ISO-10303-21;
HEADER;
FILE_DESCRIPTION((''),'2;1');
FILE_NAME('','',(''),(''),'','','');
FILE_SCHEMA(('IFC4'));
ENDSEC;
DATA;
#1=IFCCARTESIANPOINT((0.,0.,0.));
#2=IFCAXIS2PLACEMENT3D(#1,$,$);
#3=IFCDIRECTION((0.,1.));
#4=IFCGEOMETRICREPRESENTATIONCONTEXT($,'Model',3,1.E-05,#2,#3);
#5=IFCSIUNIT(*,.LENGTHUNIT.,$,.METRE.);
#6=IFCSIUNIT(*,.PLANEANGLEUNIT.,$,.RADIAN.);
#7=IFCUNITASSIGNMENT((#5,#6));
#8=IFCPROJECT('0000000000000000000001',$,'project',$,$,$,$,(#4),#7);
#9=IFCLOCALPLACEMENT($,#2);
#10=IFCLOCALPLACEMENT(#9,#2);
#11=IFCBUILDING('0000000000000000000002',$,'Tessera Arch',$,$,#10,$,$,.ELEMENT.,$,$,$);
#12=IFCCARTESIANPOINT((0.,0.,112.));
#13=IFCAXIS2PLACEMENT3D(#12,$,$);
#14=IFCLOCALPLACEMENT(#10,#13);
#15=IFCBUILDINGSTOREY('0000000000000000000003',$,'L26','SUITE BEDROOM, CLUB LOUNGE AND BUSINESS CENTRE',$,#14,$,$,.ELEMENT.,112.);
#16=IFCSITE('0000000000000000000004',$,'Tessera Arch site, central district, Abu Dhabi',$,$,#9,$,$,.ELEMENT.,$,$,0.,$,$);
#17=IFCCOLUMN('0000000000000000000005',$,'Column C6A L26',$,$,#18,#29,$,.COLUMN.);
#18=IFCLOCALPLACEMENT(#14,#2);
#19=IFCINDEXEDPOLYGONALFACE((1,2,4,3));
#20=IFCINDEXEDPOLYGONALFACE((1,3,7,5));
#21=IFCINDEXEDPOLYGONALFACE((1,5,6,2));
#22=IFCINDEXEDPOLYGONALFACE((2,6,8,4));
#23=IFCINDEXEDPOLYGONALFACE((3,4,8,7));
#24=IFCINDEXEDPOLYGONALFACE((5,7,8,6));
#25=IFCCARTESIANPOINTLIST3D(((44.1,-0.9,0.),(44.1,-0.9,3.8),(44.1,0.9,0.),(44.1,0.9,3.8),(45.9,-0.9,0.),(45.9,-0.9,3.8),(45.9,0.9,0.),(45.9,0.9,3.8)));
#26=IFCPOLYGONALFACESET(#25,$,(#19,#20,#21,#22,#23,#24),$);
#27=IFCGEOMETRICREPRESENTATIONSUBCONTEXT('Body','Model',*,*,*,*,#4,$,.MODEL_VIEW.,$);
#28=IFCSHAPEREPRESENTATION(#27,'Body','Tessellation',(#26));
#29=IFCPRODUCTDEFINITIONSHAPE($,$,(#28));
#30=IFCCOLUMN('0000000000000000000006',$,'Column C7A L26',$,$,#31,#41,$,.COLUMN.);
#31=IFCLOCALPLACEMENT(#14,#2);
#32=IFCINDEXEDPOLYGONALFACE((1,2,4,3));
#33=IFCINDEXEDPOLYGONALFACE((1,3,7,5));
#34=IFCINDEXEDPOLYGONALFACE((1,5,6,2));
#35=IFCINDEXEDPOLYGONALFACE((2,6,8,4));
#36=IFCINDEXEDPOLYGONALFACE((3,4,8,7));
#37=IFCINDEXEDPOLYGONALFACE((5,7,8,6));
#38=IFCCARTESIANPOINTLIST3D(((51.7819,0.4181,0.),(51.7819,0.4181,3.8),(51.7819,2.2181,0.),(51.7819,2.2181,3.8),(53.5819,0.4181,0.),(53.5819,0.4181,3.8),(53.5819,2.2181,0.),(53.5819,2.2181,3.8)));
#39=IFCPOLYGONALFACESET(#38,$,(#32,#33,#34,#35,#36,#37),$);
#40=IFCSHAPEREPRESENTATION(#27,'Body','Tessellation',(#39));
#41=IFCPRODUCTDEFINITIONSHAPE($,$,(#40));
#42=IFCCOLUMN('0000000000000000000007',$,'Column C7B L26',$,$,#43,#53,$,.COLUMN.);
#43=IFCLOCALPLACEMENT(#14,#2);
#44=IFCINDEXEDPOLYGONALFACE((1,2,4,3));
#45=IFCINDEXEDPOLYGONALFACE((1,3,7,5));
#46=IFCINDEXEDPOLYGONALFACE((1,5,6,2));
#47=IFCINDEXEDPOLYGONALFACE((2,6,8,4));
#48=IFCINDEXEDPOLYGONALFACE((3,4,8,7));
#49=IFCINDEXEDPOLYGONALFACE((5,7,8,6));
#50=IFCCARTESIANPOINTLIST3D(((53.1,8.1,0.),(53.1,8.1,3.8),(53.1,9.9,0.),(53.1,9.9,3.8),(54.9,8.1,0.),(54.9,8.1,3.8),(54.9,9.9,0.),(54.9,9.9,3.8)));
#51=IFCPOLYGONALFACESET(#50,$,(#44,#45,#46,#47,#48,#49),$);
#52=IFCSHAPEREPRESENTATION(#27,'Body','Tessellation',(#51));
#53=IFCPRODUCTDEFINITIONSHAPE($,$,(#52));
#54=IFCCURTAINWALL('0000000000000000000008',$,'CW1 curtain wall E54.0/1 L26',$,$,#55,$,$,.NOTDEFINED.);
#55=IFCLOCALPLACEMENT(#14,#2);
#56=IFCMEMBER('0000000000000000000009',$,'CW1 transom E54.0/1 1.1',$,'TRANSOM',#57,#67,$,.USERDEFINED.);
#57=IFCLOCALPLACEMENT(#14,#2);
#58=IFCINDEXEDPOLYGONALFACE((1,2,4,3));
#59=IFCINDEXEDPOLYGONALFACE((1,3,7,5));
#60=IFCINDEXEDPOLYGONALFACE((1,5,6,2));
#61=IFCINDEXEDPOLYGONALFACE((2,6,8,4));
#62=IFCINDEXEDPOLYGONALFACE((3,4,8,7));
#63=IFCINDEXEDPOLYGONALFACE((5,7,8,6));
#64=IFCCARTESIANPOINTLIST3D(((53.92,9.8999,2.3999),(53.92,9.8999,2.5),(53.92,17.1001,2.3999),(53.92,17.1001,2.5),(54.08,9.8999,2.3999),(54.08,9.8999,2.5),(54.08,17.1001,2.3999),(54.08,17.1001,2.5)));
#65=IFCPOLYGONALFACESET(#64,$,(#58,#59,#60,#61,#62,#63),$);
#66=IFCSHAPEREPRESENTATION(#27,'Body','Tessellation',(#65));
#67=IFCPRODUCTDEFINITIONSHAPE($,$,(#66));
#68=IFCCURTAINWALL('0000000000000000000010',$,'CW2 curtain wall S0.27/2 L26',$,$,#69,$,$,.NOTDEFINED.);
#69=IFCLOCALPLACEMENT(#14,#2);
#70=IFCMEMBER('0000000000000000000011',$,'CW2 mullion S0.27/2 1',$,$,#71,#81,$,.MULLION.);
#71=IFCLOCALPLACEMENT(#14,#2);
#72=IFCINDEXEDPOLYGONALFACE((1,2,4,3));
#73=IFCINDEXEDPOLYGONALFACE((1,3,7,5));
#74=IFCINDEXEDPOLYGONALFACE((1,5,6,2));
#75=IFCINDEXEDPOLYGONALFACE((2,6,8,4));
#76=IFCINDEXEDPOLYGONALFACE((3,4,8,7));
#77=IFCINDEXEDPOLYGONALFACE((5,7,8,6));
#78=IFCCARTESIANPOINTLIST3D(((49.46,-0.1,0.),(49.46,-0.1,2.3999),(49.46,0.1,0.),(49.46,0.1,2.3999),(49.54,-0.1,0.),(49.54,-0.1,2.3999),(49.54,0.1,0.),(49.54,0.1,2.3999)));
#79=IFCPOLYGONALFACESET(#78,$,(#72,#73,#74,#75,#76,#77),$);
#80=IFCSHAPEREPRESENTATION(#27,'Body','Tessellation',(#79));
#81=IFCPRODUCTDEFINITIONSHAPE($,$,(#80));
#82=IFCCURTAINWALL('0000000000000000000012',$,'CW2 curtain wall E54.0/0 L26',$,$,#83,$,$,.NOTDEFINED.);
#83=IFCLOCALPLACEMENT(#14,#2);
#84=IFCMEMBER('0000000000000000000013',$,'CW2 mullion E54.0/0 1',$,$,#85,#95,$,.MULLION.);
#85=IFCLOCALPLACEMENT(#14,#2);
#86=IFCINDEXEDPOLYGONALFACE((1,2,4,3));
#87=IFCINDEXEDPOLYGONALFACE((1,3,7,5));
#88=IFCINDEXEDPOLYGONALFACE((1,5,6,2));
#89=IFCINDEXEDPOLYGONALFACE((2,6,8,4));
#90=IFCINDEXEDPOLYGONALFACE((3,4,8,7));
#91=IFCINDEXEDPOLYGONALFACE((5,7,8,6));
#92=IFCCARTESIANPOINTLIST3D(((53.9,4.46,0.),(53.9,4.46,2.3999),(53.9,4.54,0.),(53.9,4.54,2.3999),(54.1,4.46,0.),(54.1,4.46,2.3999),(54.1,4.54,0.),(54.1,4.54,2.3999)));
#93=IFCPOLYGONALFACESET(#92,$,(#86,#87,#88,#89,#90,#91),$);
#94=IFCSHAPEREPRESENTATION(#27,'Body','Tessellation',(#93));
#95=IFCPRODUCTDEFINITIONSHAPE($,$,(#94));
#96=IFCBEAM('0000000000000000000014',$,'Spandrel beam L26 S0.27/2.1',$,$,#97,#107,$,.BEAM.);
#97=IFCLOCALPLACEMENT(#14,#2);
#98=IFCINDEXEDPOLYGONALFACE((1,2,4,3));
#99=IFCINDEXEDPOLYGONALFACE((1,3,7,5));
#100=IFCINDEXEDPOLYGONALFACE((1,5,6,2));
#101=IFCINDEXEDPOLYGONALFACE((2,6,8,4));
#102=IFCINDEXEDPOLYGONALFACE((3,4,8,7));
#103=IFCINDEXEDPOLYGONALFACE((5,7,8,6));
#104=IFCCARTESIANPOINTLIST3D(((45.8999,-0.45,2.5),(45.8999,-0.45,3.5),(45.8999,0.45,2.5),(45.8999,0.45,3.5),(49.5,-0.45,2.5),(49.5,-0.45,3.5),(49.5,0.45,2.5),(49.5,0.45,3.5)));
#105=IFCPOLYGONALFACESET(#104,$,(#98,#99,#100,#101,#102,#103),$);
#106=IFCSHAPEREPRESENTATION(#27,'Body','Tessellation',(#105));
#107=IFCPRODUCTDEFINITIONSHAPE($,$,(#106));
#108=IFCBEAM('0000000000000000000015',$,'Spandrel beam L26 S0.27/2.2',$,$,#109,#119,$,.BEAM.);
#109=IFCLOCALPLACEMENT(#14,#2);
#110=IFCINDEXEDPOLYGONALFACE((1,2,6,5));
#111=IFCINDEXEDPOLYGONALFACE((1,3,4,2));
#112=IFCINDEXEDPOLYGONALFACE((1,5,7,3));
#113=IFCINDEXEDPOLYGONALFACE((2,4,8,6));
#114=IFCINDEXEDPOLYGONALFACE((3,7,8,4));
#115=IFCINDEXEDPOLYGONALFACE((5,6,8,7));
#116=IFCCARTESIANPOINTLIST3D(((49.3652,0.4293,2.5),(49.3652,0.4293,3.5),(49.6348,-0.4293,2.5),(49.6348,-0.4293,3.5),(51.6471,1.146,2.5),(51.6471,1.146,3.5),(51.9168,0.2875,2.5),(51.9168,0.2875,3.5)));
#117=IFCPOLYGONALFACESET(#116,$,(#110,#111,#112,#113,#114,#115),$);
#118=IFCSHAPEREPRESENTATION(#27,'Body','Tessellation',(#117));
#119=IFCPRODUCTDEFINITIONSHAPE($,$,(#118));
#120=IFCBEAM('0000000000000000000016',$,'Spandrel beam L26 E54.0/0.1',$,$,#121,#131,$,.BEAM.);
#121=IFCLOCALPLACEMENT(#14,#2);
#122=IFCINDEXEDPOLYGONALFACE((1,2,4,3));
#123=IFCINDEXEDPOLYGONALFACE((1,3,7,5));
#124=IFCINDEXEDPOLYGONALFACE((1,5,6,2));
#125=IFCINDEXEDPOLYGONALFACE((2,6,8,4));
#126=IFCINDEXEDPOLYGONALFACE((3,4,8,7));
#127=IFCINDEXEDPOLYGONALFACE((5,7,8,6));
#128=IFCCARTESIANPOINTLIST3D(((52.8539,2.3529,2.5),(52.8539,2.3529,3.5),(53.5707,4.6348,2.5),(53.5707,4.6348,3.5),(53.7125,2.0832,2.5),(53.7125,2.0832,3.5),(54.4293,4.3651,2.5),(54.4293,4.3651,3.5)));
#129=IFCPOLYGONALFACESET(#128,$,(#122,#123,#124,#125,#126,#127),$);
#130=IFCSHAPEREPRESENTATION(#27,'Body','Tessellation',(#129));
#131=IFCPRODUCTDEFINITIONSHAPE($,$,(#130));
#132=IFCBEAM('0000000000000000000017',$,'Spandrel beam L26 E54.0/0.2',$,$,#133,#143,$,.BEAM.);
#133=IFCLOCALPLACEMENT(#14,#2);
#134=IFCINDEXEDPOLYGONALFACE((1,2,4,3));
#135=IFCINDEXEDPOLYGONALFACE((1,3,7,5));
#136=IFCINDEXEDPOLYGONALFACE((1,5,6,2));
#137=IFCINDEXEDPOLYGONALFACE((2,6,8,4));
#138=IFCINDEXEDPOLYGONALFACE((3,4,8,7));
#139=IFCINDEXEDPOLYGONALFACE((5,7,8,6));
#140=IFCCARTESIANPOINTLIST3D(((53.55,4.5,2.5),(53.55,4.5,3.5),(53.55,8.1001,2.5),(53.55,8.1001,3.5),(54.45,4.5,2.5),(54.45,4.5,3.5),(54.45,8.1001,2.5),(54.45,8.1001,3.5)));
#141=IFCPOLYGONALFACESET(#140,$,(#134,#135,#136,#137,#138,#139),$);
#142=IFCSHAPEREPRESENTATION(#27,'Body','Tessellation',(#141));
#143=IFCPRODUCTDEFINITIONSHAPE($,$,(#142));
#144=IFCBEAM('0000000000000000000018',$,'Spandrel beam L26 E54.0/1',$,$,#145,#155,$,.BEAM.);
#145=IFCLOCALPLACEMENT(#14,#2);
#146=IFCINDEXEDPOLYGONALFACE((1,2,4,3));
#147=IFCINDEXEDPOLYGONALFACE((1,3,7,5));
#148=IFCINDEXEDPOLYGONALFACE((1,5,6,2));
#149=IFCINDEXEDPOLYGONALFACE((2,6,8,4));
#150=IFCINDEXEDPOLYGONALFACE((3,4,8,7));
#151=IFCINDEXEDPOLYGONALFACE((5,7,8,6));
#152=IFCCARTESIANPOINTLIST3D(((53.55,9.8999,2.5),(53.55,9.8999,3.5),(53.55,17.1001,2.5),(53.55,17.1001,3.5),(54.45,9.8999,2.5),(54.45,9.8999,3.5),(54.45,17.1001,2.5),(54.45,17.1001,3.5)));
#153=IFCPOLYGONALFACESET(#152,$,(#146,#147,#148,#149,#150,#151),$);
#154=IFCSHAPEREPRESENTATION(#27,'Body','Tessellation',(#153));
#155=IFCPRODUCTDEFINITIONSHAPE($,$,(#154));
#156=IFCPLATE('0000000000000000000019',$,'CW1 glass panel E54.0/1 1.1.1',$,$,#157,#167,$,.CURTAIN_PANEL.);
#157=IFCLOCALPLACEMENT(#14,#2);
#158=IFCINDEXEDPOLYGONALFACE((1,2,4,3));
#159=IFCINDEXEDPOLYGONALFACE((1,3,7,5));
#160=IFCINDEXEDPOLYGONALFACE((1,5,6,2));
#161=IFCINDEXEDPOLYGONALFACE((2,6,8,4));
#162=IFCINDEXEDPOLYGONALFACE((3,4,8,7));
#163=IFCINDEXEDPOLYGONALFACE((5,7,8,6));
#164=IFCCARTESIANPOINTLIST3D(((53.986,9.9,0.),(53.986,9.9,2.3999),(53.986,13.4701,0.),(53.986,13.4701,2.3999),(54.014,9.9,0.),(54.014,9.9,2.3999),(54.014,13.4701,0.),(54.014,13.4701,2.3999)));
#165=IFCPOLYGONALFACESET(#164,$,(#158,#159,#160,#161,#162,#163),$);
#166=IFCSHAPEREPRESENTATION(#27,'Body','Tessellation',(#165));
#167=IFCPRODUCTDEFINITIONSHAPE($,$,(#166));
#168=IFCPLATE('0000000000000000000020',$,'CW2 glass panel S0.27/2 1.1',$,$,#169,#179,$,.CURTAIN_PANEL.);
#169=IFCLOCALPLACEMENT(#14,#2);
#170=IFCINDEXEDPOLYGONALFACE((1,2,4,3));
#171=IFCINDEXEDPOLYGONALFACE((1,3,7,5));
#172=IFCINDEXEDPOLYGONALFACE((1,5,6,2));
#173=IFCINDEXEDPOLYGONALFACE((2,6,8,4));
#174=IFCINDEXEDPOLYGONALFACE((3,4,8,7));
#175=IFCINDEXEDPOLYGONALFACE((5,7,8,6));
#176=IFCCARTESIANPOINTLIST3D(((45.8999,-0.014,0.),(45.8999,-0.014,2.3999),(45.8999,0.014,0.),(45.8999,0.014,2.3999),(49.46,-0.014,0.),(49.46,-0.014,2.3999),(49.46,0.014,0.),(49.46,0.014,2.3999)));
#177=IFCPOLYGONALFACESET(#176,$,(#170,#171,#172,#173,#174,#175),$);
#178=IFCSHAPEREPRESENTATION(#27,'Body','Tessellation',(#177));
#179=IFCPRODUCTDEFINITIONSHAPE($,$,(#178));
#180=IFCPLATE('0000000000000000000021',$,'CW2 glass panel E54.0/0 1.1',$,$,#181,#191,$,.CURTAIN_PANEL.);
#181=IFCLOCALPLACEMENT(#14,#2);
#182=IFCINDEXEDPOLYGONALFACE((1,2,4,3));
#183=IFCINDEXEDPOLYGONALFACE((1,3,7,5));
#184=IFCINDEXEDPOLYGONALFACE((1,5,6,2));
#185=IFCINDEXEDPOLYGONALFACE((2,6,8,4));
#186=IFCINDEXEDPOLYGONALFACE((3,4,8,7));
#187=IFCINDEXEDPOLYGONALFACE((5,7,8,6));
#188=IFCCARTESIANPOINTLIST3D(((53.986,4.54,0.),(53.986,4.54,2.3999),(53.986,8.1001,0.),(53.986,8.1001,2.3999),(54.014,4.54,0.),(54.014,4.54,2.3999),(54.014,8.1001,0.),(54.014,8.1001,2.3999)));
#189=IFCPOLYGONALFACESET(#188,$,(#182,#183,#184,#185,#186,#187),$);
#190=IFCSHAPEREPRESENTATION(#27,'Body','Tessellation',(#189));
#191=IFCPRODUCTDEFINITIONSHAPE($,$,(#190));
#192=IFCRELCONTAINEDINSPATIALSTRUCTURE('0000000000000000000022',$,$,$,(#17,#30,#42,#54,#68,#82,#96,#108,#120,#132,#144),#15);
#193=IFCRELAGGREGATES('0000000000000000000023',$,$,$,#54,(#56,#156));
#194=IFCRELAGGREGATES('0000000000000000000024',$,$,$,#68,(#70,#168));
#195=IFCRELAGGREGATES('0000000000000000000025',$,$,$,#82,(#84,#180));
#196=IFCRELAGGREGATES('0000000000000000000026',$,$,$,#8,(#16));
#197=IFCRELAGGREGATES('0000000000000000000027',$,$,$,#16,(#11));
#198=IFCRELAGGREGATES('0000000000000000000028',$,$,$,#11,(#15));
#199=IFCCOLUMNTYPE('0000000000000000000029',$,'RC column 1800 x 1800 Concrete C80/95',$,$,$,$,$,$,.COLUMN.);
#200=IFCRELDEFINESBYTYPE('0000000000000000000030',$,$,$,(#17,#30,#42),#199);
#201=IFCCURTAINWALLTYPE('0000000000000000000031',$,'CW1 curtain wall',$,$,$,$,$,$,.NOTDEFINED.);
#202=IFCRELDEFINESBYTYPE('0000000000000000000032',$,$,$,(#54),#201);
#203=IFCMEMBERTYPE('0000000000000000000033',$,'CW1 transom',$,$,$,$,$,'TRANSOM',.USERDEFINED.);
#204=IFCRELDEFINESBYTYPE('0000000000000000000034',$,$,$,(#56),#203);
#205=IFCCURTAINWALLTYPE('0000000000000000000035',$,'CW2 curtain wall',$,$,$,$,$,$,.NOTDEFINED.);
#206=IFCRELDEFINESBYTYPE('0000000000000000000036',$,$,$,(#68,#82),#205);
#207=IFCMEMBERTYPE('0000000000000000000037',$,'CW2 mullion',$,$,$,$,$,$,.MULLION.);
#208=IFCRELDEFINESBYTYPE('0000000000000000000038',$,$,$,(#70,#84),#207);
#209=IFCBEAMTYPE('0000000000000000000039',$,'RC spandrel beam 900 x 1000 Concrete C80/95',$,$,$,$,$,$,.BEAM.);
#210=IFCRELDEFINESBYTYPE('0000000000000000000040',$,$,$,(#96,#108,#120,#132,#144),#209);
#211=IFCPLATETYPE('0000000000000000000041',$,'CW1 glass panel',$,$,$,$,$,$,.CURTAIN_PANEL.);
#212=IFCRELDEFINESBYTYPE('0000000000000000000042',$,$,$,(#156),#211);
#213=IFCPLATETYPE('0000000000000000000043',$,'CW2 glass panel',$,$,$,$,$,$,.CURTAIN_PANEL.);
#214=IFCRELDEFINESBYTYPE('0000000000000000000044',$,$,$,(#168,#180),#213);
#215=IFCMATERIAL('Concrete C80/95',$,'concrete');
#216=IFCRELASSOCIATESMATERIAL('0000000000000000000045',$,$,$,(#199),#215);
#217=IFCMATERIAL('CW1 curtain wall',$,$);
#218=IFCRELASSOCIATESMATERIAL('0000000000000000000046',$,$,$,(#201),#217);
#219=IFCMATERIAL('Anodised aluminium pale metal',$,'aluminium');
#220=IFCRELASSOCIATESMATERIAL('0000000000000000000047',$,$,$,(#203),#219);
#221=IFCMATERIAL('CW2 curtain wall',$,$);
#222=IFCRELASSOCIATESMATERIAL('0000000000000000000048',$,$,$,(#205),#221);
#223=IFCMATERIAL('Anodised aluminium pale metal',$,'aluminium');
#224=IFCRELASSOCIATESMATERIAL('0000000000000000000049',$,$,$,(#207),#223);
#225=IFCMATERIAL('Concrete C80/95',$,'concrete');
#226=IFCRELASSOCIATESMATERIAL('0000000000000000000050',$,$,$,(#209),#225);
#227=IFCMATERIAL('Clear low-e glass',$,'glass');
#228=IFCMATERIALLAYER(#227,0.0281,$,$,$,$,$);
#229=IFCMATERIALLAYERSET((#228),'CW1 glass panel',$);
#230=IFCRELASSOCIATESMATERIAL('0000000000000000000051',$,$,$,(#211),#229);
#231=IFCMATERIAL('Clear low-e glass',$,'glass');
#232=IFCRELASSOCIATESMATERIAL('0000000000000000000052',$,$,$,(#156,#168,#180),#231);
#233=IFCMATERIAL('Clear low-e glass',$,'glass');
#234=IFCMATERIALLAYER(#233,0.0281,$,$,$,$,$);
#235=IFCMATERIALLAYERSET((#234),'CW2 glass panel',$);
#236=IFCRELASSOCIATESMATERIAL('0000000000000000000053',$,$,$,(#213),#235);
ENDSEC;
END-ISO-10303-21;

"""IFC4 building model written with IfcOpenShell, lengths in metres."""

from ifc_helpers import new_model, si_unit, direction, frame, origin, origin_2d, place, context, subcontext, project, spatial, rectangle, extrude, material, layer, layer_set, material_profile, profile_set, type_object, element, aggregate, save


model = new_model("IFC4")

# Units and contexts
model_context = context("Model", 3, precision=1e-05, world=origin(), true_north=direction((0.0, 1.0)))
body_context = subcontext(model_context, "Body", "Model", "MODEL_VIEW")
ifc_project = project(units=[si_unit("LENGTHUNIT", "METRE"), si_unit("PLANEANGLEUNIT", "RADIAN")], contexts=[model_context])

# Site, building, storey
site_placement = place(None, origin())
site = spatial("IfcSite", under=ifc_project, at=site_placement, Name="Tessera Arch site, central district, Abu Dhabi", CompositionType="ELEMENT", RefElevation=0.0)
building_placement = place(site_placement, origin())
building = spatial("IfcBuilding", under=site, at=building_placement, Name="Tessera Arch", CompositionType="ELEMENT")
storey_placement = place(building_placement, frame((0.0, 0.0, 112.0)))
storey = spatial("IfcBuildingStorey", under=building, at=storey_placement, Name="L26", Description="SUITE BEDROOM, CLUB LOUNGE AND BUSINESS CENTRE", CompositionType="ELEMENT", Elevation=112.0)

# Columns
ifc_material_1 = material(Name="Concrete C80/95", Category="concrete")
ifc_material_profile_1 = material_profile(ifc_material_1, rectangle(XDim=1.8, YDim=1.8, at=origin_2d()), Name="RC column 1800 x 1800 Concrete C80/95")
ifc_profile_set_1 = profile_set([ifc_material_profile_1], Name="Concrete C80/95")
column_type = type_object("IfcColumnType", Name="RC column 1800 x 1800 Concrete C80/95", PredefinedType="COLUMN", material=ifc_profile_set_1)
for number, where, z_axis, x_axis, name in (
    (1, (45.0, 0.0, 0.0), (0.0, 0.0, 1.0), (1.0, 0.0, 0.0), "Column C6A L26"),
    (2, (52.6819, 1.3181, 0.0), (0.0, 0.0, 1.0), (1.0, 0.0, 0.0), "Column C7A L26"),
    (3, (54.0, 9.0, 0.0), (0.0, 0.0, 1.0), (1.0, 0.0, 0.0), "Column C7B L26"),
):
    element("IfcColumn", number, at=place(storey_placement, frame(where, z_axis=z_axis, x_axis=x_axis)), inside=storey, type_object=column_type, Name=name, PredefinedType="COLUMN", context=body_context, shape_type="SweptSolid", body=[
        extrude(rectangle(XDim=1.8, YDim=1.8, at=origin_2d()), origin(), (0.0, 0.0, 1.0), 3.8),
    ])

# Curtain walls, members
ifc_material_2 = material(Name="CW1 curtain wall")
curtain_wall_type_1 = type_object("IfcCurtainWallType", Name="CW1 curtain wall", PredefinedType="NOTDEFINED", material=ifc_material_2)
curtain_wall_1_placement = place(storey_placement, origin())
curtain_wall_1 = element("IfcCurtainWall", 4, at=curtain_wall_1_placement, inside=storey, type_object=curtain_wall_type_1, Name="CW1 curtain wall E54.0/1 L26", PredefinedType="NOTDEFINED")
ifc_material_3 = material(Name="Anodised aluminium pale metal", Category="aluminium")
ifc_material_profile_2 = material_profile(ifc_material_3, rectangle(XDim=0.1599, YDim=0.1001, at=origin_2d()), Name="AL 160x100")
ifc_profile_set_2 = profile_set([ifc_material_profile_2], Name="Anodised aluminium pale metal")
member_type_1 = type_object("IfcMemberType", Name="CW1 transom", ElementType="TRANSOM", PredefinedType="USERDEFINED", material=ifc_profile_set_2)
member_1_placement = place(storey_placement, frame((54.0, 9.8999, 2.45), z_axis=(0.0, 1.0, 0.0), x_axis=(-1.0, 0.0, 0.0)))
member_1 = element("IfcMember", 5, at=member_1_placement, type_object=member_type_1, Name="CW1 transom E54.0/1 1.1", ObjectType="TRANSOM", PredefinedType="USERDEFINED", context=body_context, shape_type="SweptSolid", body=[
    extrude(rectangle(XDim=0.1599, YDim=0.1001, at=origin_2d()), origin(), (0.0, 0.0, 1.0), 7.2002),
])
ifc_material_4 = material(Name="CW2 curtain wall")
curtain_wall_type_2 = type_object("IfcCurtainWallType", Name="CW2 curtain wall", PredefinedType="NOTDEFINED", material=ifc_material_4)
curtain_wall_2_placement = place(storey_placement, origin())
curtain_wall_2 = element("IfcCurtainWall", 6, at=curtain_wall_2_placement, inside=storey, type_object=curtain_wall_type_2, Name="CW2 curtain wall S0.27/2 L26", PredefinedType="NOTDEFINED")
ifc_material_5 = material(Name="Anodised aluminium pale metal", Category="aluminium")
ifc_material_profile_3 = material_profile(ifc_material_5, rectangle(XDim=0.2, YDim=0.0801, at=origin_2d()), Name="AL 80x200")
ifc_profile_set_3 = profile_set([ifc_material_profile_3], Name="Anodised aluminium pale metal")
member_type_2 = type_object("IfcMemberType", Name="CW2 mullion", PredefinedType="MULLION", material=ifc_profile_set_3)
member_2_placement = place(storey_placement, frame((49.5, 0.0, 0.0), z_axis=(0.0, 0.0, 1.0), x_axis=(0.0, 1.0, 0.0)))
member_2 = element("IfcMember", 7, at=member_2_placement, type_object=member_type_2, Name="CW2 mullion S0.27/2 1", PredefinedType="MULLION", context=body_context, shape_type="SweptSolid", body=[
    extrude(rectangle(XDim=0.2, YDim=0.0801, at=origin_2d()), origin(), (0.0, 0.0, 1.0), 2.3999),
])
curtain_wall_3_placement = place(storey_placement, origin())
curtain_wall_3 = element("IfcCurtainWall", 8, at=curtain_wall_3_placement, inside=storey, type_object=curtain_wall_type_2, Name="CW2 curtain wall E54.0/0 L26", PredefinedType="NOTDEFINED")
member_3_placement = place(storey_placement, frame((54.0, 4.5, 0.0), z_axis=(0.0, 0.0, 1.0), x_axis=(-1.0, 0.0, 0.0)))
member_3 = element("IfcMember", 9, at=member_3_placement, type_object=member_type_2, Name="CW2 mullion E54.0/0 1", PredefinedType="MULLION", context=body_context, shape_type="SweptSolid", body=[
    extrude(rectangle(XDim=0.2, YDim=0.0801, at=origin_2d()), origin(), (0.0, 0.0, 1.0), 2.3999),
])

# Beams
ifc_material_6 = material(Name="Concrete C80/95", Category="concrete")
ifc_material_profile_4 = material_profile(ifc_material_6, rectangle(XDim=0.8999, YDim=1.0, at=origin_2d()), Name="RC spandrel beam 900 x 1000 Concrete C80/95")
ifc_profile_set_4 = profile_set([ifc_material_profile_4], Name="Concrete C80/95")
beam_type = type_object("IfcBeamType", Name="RC spandrel beam 900 x 1000 Concrete C80/95", PredefinedType="BEAM", material=ifc_profile_set_4)
beam_1_placement = place(storey_placement, frame((45.8999, 0.0, 3.0), z_axis=(1.0, 0.0, 0.0), x_axis=(0.0, 1.0, 0.0)))
element("IfcBeam", 10, at=beam_1_placement, inside=storey, type_object=beam_type, Name="Spandrel beam L26 S0.27/2.1", PredefinedType="BEAM", context=body_context, shape_type="SweptSolid", body=[
    extrude(rectangle(XDim=0.8999, YDim=1.0, at=origin_2d()), origin(), (0.0, 0.0, 1.0), 3.6001),
])
for number, where, z_axis, x_axis, name in (
    (11, (49.5, 0.0, 3.0), (0.954041, 0.299675, 0.0), (-0.299675, 0.954041, 0.0), "Spandrel beam L26 S0.27/2.2"),
    (12, (53.2832, 2.218, 3.0), (0.299675, 0.954041, 0.0), (-0.954041, 0.299675, 0.0), "Spandrel beam L26 E54.0/0.1"),
):
    element("IfcBeam", number, at=place(storey_placement, frame(where, z_axis=z_axis, x_axis=x_axis)), inside=storey, type_object=beam_type, Name=name, PredefinedType="BEAM", context=body_context, shape_type="SweptSolid", body=[
        extrude(rectangle(XDim=0.8999, YDim=1.0, at=origin_2d()), origin(), (0.0, 0.0, 1.0), 2.3918),
    ])
beam_2_placement = place(storey_placement, frame((54.0, 4.5, 3.0), z_axis=(0.0, 1.0, 0.0), x_axis=(-1.0, 0.0, 0.0)))
element("IfcBeam", 13, at=beam_2_placement, inside=storey, type_object=beam_type, Name="Spandrel beam L26 E54.0/0.2", PredefinedType="BEAM", context=body_context, shape_type="SweptSolid", body=[
    extrude(rectangle(XDim=0.8999, YDim=1.0, at=origin_2d()), origin(), (0.0, 0.0, 1.0), 3.6001),
])
beam_3_placement = place(storey_placement, frame((54.0, 9.8999, 3.0), z_axis=(0.0, 1.0, 0.0), x_axis=(-1.0, 0.0, 0.0)))
element("IfcBeam", 14, at=beam_3_placement, inside=storey, type_object=beam_type, Name="Spandrel beam L26 E54.0/1", PredefinedType="BEAM", context=body_context, shape_type="SweptSolid", body=[
    extrude(rectangle(XDim=0.8999, YDim=1.0, at=origin_2d()), origin(), (0.0, 0.0, 1.0), 7.2002),
])

# Plates
ifc_material_7 = material(Name="Clear low-e glass", Category="glass")
ifc_material_8 = material(Name="Clear low-e glass", Category="glass")
ifc_layer_1 = layer(ifc_material_8, 0.0281)
ifc_layer_set_1 = layer_set([ifc_layer_1], Name="CW1 glass panel")
plate_type_1 = type_object("IfcPlateType", Name="CW1 glass panel", PredefinedType="CURTAIN_PANEL", material=ifc_layer_set_1)
plate_1_placement = place(storey_placement, frame((54.0, 11.6851, 0.0), z_axis=(0.0, 0.0, 1.0), x_axis=(0.0, 1.0, 0.0)))
plate_1 = element("IfcPlate", 15, at=plate_1_placement, type_object=plate_type_1, material=ifc_material_7, Name="CW1 glass panel E54.0/1 1.1.1", PredefinedType="CURTAIN_PANEL", context=body_context, shape_type="SweptSolid", body=[
    extrude(rectangle(XDim=3.5701, YDim=0.0281, at=origin_2d()), origin(), (0.0, 0.0, 1.0), 2.3999),
])
aggregate(curtain_wall_1, [member_1, plate_1])
ifc_material_9 = material(Name="Clear low-e glass", Category="glass")
ifc_layer_2 = layer(ifc_material_9, 0.0281)
ifc_layer_set_2 = layer_set([ifc_layer_2], Name="CW2 glass panel")
plate_type_2 = type_object("IfcPlateType", Name="CW2 glass panel", PredefinedType="CURTAIN_PANEL", material=ifc_layer_set_2)
plate_2_placement = place(storey_placement, frame((47.6799, 0.0, 0.0), z_axis=(0.0, 0.0, 1.0), x_axis=(1.0, 0.0, 0.0)))
plate_2 = element("IfcPlate", 16, at=plate_2_placement, type_object=plate_type_2, material=ifc_material_7, Name="CW2 glass panel S0.27/2 1.1", PredefinedType="CURTAIN_PANEL", context=body_context, shape_type="SweptSolid", body=[
    extrude(rectangle(XDim=3.5601, YDim=0.0281, at=origin_2d()), origin(), (0.0, 0.0, 1.0), 2.3999),
])
aggregate(curtain_wall_2, [member_2, plate_2])
plate_3_placement = place(storey_placement, frame((54.0, 6.3201, 0.0), z_axis=(0.0, 0.0, 1.0), x_axis=(0.0, 1.0, 0.0)))
plate_3 = element("IfcPlate", 17, at=plate_3_placement, type_object=plate_type_2, material=ifc_material_7, Name="CW2 glass panel E54.0/0 1.1", PredefinedType="CURTAIN_PANEL", context=body_context, shape_type="SweptSolid", body=[
    extrude(rectangle(XDim=3.5601, YDim=0.0281, at=origin_2d()), origin(), (0.0, 0.0, 1.0), 2.3999),
])
aggregate(curtain_wall_3, [member_3, plate_3])

save(model, "model.ifc")
